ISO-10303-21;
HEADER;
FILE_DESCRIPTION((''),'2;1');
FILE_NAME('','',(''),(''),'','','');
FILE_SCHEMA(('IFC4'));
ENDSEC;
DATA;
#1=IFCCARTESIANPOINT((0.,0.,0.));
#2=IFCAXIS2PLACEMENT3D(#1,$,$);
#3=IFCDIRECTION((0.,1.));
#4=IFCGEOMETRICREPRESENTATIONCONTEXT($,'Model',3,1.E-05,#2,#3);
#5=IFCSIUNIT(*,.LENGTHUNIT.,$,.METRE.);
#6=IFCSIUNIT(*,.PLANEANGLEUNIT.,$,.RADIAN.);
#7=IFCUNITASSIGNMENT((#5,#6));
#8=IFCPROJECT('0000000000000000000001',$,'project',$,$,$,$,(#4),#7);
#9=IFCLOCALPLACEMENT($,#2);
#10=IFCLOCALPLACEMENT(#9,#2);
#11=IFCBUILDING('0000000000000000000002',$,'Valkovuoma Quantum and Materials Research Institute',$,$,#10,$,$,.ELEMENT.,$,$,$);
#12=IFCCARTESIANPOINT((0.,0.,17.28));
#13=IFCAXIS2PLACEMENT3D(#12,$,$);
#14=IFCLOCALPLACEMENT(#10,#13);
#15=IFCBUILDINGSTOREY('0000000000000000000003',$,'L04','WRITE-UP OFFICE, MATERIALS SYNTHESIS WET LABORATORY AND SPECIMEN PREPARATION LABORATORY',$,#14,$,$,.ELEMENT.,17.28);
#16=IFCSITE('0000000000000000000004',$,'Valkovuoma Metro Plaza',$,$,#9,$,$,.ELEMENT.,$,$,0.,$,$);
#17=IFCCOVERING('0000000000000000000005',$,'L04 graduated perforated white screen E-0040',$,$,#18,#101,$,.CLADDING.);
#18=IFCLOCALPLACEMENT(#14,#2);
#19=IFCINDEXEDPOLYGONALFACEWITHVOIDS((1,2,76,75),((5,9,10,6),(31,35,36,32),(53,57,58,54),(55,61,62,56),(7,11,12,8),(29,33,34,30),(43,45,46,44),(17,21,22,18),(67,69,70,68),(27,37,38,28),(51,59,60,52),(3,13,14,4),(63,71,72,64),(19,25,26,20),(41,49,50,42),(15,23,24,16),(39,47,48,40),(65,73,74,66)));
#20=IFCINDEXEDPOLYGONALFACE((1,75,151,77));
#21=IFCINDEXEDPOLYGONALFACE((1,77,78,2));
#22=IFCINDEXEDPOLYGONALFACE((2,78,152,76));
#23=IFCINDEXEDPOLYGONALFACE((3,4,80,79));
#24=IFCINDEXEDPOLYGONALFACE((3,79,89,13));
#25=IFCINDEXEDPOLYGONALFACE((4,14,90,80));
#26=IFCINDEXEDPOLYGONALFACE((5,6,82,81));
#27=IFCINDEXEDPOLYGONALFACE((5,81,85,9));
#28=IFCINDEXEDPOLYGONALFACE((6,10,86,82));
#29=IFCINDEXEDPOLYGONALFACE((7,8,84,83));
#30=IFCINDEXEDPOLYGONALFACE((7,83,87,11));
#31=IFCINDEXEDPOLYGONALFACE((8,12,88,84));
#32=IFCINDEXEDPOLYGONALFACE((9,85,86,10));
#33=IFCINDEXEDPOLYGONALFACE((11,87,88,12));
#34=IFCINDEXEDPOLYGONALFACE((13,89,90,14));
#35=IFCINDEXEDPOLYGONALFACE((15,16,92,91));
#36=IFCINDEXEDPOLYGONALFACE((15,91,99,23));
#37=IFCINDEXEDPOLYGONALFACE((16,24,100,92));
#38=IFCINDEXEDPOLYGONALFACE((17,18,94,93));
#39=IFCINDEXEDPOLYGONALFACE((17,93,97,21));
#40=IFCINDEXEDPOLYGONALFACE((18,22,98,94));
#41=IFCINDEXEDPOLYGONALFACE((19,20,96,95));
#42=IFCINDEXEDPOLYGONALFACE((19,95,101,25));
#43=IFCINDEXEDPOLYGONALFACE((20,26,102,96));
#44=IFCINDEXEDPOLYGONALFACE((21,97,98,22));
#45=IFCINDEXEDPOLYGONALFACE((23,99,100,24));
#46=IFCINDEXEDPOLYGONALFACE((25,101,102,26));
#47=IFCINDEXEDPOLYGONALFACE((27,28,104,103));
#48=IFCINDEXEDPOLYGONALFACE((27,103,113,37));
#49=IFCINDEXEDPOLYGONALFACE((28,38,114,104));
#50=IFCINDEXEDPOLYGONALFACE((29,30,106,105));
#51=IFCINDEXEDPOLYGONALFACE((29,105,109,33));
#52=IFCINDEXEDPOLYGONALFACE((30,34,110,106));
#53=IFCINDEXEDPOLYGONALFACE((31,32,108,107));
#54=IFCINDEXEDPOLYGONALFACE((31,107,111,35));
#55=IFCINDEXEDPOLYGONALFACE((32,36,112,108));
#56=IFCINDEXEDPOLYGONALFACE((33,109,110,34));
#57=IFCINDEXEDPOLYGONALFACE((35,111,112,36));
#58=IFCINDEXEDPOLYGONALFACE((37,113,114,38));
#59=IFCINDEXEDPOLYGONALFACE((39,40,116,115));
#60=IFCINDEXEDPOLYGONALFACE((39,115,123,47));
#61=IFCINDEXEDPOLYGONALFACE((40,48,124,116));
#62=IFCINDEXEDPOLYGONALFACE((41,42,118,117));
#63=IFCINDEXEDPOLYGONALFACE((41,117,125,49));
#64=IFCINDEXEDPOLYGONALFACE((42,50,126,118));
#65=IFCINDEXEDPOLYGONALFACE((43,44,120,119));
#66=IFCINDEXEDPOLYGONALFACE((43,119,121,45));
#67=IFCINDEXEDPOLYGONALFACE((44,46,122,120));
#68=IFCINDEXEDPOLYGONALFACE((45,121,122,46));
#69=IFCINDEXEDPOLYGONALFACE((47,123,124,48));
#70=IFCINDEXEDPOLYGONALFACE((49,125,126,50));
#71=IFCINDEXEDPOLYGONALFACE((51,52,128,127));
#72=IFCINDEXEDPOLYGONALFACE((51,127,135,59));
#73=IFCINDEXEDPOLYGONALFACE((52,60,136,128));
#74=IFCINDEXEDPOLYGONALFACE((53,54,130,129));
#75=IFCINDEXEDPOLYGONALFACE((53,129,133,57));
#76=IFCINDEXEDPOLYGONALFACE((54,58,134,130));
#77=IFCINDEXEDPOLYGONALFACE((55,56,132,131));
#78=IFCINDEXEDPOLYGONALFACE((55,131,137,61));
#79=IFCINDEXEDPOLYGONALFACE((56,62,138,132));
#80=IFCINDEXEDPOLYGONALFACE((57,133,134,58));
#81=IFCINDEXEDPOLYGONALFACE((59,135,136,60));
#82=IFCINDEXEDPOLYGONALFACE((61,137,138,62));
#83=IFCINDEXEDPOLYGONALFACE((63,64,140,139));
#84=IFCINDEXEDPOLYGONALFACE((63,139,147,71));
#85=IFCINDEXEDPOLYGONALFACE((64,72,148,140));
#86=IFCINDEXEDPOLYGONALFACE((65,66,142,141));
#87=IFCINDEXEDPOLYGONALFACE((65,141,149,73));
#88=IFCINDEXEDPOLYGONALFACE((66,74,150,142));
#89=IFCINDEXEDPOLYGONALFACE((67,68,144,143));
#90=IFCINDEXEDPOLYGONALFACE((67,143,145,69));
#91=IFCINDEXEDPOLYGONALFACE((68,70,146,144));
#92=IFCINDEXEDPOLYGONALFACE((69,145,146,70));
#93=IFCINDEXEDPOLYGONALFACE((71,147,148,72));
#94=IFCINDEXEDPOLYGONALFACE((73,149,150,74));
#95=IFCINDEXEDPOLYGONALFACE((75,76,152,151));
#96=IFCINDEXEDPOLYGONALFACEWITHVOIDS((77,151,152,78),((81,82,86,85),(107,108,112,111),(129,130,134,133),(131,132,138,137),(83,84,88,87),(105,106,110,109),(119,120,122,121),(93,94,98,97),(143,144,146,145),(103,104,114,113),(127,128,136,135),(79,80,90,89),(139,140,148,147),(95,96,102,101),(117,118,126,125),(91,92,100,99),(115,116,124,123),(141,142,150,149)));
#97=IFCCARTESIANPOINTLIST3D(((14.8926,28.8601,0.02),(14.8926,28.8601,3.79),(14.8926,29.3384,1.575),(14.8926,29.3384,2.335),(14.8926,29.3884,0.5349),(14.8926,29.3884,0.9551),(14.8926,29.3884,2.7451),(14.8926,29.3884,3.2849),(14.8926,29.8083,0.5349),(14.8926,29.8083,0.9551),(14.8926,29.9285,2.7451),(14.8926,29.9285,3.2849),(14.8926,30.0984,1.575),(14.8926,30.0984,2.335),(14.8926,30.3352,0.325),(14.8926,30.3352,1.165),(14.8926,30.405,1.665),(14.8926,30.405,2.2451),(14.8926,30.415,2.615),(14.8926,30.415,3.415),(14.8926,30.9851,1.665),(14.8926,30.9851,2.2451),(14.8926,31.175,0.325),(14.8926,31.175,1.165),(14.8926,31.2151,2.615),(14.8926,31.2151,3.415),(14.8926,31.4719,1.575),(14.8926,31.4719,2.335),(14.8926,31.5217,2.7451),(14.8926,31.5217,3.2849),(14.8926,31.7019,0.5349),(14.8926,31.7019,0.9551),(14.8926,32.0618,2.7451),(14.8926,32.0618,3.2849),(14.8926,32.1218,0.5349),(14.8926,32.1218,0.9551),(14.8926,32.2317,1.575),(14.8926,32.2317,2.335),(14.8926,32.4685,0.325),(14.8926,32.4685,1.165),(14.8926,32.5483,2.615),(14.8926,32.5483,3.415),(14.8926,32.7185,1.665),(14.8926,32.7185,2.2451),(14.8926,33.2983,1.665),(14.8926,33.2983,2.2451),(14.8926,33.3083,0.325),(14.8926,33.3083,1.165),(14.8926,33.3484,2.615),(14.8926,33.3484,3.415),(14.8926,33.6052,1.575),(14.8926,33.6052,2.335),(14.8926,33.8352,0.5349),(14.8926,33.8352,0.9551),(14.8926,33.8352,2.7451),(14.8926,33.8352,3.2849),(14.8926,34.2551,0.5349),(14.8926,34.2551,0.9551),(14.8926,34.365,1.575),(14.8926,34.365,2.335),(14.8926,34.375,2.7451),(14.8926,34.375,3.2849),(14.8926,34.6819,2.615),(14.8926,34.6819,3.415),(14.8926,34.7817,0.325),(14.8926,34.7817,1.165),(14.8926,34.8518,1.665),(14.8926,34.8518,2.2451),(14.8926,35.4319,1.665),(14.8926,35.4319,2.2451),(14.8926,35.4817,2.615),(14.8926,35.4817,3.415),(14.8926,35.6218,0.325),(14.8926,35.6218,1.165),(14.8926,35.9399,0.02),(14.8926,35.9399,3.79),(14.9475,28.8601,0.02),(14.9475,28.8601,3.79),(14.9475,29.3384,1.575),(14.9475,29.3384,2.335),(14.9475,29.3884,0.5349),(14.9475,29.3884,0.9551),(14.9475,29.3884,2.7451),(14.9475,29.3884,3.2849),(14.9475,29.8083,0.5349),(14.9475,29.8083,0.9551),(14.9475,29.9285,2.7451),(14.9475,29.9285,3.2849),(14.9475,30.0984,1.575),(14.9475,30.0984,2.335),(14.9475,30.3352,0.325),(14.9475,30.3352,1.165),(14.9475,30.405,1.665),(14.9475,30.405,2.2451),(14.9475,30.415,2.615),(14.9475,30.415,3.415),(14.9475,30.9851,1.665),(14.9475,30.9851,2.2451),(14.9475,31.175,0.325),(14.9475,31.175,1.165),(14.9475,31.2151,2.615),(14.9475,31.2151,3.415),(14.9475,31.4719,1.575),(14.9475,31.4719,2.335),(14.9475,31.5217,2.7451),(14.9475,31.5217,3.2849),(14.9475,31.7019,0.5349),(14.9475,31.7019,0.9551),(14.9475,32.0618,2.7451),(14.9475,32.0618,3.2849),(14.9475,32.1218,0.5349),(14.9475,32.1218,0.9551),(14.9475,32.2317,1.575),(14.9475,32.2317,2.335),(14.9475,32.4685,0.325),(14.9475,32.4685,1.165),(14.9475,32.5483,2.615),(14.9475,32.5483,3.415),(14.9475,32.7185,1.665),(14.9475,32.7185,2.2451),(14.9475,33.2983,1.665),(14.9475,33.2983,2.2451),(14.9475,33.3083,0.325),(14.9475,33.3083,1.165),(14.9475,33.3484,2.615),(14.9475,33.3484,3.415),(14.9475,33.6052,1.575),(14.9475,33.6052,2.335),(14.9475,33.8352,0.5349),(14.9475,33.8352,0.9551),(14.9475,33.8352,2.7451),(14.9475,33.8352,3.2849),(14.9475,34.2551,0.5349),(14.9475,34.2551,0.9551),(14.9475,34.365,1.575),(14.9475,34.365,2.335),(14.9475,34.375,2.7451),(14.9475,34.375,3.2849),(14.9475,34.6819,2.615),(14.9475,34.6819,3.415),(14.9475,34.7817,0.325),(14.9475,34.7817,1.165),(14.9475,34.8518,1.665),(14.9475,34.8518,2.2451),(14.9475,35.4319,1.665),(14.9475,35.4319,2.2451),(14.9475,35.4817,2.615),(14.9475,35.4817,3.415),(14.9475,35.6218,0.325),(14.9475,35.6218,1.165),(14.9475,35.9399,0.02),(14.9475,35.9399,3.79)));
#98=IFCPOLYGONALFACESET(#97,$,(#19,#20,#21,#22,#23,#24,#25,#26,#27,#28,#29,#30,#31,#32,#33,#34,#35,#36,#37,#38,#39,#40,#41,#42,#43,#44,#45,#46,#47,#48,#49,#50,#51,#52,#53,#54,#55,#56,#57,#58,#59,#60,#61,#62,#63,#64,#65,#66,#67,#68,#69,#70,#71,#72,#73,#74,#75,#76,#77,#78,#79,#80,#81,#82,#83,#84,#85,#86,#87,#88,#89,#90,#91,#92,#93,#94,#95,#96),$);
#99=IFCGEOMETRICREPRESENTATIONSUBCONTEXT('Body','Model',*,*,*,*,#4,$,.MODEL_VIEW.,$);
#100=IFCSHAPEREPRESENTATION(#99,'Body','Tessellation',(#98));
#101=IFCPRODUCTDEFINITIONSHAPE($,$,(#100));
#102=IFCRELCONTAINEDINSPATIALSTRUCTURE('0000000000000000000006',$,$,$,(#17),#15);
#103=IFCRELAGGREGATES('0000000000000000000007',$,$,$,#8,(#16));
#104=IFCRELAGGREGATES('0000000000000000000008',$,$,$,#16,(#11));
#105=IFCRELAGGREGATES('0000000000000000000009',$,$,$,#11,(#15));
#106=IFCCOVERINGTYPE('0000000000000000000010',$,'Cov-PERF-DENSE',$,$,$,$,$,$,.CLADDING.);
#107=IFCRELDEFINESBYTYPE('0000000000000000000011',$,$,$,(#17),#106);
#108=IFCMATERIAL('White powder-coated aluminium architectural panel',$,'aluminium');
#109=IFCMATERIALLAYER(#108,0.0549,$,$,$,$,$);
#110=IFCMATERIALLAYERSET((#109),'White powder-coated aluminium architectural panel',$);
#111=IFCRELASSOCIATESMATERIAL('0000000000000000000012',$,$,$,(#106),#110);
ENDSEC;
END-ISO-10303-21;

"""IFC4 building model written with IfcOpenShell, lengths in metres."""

from ifc_helpers import new_model, si_unit, direction, frame, origin, place, context, subcontext, project, spatial, polyline, outline, extrude, material, layer, layer_set, type_object, element, save


model = new_model("IFC4")

# Units and contexts
model_context = context("Model", 3, precision=1e-05, world=origin(), true_north=direction((0.0, 1.0)))
body_context = subcontext(model_context, "Body", "Model", "MODEL_VIEW")
ifc_project = project(units=[si_unit("LENGTHUNIT", "METRE"), si_unit("PLANEANGLEUNIT", "RADIAN")], contexts=[model_context])

# Site, building, storey
site_placement = place(None, origin())
site = spatial("IfcSite", under=ifc_project, at=site_placement, Name="Valkovuoma Metro Plaza", CompositionType="ELEMENT", RefElevation=0.0)
building_placement = place(site_placement, origin())
building = spatial("IfcBuilding", under=site, at=building_placement, Name="Valkovuoma Quantum and Materials Research Institute", CompositionType="ELEMENT")
storey_placement = place(building_placement, frame((0.0, 0.0, 17.28)))
storey = spatial("IfcBuildingStorey", under=building, at=storey_placement, Name="L04", Description="WRITE-UP OFFICE, MATERIALS SYNTHESIS WET LABORATORY AND SPECIMEN PREPARATION LABORATORY", CompositionType="ELEMENT", Elevation=17.28)

# Covering
ifc_material_1 = material(Name="White powder-coated aluminium architectural panel", Category="aluminium")
ifc_layer_1 = layer(ifc_material_1, 0.0549)
ifc_layer_set_1 = layer_set([ifc_layer_1], Name="White powder-coated aluminium architectural panel")
covering_type = type_object("IfcCoveringType", Name="Cov-PERF-DENSE", PredefinedType="CLADDING", material=ifc_layer_set_1)
covering_1_placement = place(storey_placement, frame((14.9199, 28.8601, 0.02), z_axis=(0.0, 0.0, 1.0), x_axis=(0.0, 1.0, 0.0)))
element("IfcCovering", 1, at=covering_1_placement, inside=storey, type_object=covering_type, Name="L04 graduated perforated white screen E-0040", PredefinedType="CLADDING", context=body_context, shape_type="SweptSolid", body=[
    extrude(outline(polyline([(0.0, 0.0), (7.0798, 0.0), (7.0798, 3.77), (0.0, 3.77), (0.0, 0.0)]), holes=[polyline([(0.5283, 0.5149), (0.5283, 0.9351), (0.9482, 0.9351), (0.9482, 0.5149), (0.5283, 0.5149)]), polyline([(0.4783, 1.5549), (0.4783, 2.3149), (1.2383, 2.3149), (1.2383, 1.5549), (0.4783, 1.5549)]), polyline([(0.5283, 2.7251), (0.5283, 3.2649), (1.0684, 3.2649), (1.0684, 2.7251), (0.5283, 2.7251)]), polyline([(1.4751, 0.3049), (1.4751, 1.145), (2.3149, 1.145), (2.3149, 0.3049), (1.4751, 0.3049)]), polyline([(1.5449, 1.645), (1.5449, 2.2251), (2.125, 2.2251), (2.125, 1.645), (1.5449, 1.645)]), polyline([(1.5549, 2.595), (1.5549, 3.395), (2.355, 3.395), (2.355, 2.595), (1.5549, 2.595)]), polyline([(2.8418, 0.5149), (2.8418, 0.9351), (3.2617, 0.9351), (3.2617, 0.5149), (2.8418, 0.5149)]), polyline([(2.6118, 1.5549), (2.6118, 2.3149), (3.3716, 2.3149), (3.3716, 1.5549), (2.6118, 1.5549)]), polyline([(2.6616, 2.7251), (2.6616, 3.2649), (3.2017, 3.2649), (3.2017, 2.7251), (2.6616, 2.7251)]), polyline([(3.6084, 0.3049), (3.6084, 1.145), (4.4482, 1.145), (4.4482, 0.3049), (3.6084, 0.3049)]), polyline([(3.8584, 1.645), (3.8584, 2.2251), (4.4382, 2.2251), (4.4382, 1.645), (3.8584, 1.645)]), polyline([(3.6882, 2.595), (3.6882, 3.395), (4.4883, 3.395), (4.4883, 2.595), (3.6882, 2.595)]), polyline([(4.9751, 0.5149), (4.9751, 0.9351), (5.395, 0.9351), (5.395, 0.5149), (4.9751, 0.5149)]), polyline([(4.7451, 1.5549), (4.7451, 2.3149), (5.5049, 2.3149), (5.5049, 1.5549), (4.7451, 1.5549)]), polyline([(4.9751, 2.7251), (4.9751, 3.2649), (5.5149, 3.2649), (5.5149, 2.7251), (4.9751, 2.7251)]), polyline([(5.9216, 0.3049), (5.9216, 1.145), (6.7617, 1.145), (6.7617, 0.3049), (5.9216, 0.3049)]), polyline([(5.9917, 1.645), (5.9917, 2.2251), (6.5718, 2.2251), (6.5718, 1.645), (5.9917, 1.645)]), polyline([(5.8218, 2.595), (5.8218, 3.395), (6.6216, 3.395), (6.6216, 2.595), (5.8218, 2.595)])]), frame((0.0, 0.0273, 0.0), z_axis=(0.0, -1.0, 0.0), x_axis=(1.0, 0.0, 0.0)), (0.0, 0.0, 1.0), 0.0549),
])

save(model, "model.ifc")
